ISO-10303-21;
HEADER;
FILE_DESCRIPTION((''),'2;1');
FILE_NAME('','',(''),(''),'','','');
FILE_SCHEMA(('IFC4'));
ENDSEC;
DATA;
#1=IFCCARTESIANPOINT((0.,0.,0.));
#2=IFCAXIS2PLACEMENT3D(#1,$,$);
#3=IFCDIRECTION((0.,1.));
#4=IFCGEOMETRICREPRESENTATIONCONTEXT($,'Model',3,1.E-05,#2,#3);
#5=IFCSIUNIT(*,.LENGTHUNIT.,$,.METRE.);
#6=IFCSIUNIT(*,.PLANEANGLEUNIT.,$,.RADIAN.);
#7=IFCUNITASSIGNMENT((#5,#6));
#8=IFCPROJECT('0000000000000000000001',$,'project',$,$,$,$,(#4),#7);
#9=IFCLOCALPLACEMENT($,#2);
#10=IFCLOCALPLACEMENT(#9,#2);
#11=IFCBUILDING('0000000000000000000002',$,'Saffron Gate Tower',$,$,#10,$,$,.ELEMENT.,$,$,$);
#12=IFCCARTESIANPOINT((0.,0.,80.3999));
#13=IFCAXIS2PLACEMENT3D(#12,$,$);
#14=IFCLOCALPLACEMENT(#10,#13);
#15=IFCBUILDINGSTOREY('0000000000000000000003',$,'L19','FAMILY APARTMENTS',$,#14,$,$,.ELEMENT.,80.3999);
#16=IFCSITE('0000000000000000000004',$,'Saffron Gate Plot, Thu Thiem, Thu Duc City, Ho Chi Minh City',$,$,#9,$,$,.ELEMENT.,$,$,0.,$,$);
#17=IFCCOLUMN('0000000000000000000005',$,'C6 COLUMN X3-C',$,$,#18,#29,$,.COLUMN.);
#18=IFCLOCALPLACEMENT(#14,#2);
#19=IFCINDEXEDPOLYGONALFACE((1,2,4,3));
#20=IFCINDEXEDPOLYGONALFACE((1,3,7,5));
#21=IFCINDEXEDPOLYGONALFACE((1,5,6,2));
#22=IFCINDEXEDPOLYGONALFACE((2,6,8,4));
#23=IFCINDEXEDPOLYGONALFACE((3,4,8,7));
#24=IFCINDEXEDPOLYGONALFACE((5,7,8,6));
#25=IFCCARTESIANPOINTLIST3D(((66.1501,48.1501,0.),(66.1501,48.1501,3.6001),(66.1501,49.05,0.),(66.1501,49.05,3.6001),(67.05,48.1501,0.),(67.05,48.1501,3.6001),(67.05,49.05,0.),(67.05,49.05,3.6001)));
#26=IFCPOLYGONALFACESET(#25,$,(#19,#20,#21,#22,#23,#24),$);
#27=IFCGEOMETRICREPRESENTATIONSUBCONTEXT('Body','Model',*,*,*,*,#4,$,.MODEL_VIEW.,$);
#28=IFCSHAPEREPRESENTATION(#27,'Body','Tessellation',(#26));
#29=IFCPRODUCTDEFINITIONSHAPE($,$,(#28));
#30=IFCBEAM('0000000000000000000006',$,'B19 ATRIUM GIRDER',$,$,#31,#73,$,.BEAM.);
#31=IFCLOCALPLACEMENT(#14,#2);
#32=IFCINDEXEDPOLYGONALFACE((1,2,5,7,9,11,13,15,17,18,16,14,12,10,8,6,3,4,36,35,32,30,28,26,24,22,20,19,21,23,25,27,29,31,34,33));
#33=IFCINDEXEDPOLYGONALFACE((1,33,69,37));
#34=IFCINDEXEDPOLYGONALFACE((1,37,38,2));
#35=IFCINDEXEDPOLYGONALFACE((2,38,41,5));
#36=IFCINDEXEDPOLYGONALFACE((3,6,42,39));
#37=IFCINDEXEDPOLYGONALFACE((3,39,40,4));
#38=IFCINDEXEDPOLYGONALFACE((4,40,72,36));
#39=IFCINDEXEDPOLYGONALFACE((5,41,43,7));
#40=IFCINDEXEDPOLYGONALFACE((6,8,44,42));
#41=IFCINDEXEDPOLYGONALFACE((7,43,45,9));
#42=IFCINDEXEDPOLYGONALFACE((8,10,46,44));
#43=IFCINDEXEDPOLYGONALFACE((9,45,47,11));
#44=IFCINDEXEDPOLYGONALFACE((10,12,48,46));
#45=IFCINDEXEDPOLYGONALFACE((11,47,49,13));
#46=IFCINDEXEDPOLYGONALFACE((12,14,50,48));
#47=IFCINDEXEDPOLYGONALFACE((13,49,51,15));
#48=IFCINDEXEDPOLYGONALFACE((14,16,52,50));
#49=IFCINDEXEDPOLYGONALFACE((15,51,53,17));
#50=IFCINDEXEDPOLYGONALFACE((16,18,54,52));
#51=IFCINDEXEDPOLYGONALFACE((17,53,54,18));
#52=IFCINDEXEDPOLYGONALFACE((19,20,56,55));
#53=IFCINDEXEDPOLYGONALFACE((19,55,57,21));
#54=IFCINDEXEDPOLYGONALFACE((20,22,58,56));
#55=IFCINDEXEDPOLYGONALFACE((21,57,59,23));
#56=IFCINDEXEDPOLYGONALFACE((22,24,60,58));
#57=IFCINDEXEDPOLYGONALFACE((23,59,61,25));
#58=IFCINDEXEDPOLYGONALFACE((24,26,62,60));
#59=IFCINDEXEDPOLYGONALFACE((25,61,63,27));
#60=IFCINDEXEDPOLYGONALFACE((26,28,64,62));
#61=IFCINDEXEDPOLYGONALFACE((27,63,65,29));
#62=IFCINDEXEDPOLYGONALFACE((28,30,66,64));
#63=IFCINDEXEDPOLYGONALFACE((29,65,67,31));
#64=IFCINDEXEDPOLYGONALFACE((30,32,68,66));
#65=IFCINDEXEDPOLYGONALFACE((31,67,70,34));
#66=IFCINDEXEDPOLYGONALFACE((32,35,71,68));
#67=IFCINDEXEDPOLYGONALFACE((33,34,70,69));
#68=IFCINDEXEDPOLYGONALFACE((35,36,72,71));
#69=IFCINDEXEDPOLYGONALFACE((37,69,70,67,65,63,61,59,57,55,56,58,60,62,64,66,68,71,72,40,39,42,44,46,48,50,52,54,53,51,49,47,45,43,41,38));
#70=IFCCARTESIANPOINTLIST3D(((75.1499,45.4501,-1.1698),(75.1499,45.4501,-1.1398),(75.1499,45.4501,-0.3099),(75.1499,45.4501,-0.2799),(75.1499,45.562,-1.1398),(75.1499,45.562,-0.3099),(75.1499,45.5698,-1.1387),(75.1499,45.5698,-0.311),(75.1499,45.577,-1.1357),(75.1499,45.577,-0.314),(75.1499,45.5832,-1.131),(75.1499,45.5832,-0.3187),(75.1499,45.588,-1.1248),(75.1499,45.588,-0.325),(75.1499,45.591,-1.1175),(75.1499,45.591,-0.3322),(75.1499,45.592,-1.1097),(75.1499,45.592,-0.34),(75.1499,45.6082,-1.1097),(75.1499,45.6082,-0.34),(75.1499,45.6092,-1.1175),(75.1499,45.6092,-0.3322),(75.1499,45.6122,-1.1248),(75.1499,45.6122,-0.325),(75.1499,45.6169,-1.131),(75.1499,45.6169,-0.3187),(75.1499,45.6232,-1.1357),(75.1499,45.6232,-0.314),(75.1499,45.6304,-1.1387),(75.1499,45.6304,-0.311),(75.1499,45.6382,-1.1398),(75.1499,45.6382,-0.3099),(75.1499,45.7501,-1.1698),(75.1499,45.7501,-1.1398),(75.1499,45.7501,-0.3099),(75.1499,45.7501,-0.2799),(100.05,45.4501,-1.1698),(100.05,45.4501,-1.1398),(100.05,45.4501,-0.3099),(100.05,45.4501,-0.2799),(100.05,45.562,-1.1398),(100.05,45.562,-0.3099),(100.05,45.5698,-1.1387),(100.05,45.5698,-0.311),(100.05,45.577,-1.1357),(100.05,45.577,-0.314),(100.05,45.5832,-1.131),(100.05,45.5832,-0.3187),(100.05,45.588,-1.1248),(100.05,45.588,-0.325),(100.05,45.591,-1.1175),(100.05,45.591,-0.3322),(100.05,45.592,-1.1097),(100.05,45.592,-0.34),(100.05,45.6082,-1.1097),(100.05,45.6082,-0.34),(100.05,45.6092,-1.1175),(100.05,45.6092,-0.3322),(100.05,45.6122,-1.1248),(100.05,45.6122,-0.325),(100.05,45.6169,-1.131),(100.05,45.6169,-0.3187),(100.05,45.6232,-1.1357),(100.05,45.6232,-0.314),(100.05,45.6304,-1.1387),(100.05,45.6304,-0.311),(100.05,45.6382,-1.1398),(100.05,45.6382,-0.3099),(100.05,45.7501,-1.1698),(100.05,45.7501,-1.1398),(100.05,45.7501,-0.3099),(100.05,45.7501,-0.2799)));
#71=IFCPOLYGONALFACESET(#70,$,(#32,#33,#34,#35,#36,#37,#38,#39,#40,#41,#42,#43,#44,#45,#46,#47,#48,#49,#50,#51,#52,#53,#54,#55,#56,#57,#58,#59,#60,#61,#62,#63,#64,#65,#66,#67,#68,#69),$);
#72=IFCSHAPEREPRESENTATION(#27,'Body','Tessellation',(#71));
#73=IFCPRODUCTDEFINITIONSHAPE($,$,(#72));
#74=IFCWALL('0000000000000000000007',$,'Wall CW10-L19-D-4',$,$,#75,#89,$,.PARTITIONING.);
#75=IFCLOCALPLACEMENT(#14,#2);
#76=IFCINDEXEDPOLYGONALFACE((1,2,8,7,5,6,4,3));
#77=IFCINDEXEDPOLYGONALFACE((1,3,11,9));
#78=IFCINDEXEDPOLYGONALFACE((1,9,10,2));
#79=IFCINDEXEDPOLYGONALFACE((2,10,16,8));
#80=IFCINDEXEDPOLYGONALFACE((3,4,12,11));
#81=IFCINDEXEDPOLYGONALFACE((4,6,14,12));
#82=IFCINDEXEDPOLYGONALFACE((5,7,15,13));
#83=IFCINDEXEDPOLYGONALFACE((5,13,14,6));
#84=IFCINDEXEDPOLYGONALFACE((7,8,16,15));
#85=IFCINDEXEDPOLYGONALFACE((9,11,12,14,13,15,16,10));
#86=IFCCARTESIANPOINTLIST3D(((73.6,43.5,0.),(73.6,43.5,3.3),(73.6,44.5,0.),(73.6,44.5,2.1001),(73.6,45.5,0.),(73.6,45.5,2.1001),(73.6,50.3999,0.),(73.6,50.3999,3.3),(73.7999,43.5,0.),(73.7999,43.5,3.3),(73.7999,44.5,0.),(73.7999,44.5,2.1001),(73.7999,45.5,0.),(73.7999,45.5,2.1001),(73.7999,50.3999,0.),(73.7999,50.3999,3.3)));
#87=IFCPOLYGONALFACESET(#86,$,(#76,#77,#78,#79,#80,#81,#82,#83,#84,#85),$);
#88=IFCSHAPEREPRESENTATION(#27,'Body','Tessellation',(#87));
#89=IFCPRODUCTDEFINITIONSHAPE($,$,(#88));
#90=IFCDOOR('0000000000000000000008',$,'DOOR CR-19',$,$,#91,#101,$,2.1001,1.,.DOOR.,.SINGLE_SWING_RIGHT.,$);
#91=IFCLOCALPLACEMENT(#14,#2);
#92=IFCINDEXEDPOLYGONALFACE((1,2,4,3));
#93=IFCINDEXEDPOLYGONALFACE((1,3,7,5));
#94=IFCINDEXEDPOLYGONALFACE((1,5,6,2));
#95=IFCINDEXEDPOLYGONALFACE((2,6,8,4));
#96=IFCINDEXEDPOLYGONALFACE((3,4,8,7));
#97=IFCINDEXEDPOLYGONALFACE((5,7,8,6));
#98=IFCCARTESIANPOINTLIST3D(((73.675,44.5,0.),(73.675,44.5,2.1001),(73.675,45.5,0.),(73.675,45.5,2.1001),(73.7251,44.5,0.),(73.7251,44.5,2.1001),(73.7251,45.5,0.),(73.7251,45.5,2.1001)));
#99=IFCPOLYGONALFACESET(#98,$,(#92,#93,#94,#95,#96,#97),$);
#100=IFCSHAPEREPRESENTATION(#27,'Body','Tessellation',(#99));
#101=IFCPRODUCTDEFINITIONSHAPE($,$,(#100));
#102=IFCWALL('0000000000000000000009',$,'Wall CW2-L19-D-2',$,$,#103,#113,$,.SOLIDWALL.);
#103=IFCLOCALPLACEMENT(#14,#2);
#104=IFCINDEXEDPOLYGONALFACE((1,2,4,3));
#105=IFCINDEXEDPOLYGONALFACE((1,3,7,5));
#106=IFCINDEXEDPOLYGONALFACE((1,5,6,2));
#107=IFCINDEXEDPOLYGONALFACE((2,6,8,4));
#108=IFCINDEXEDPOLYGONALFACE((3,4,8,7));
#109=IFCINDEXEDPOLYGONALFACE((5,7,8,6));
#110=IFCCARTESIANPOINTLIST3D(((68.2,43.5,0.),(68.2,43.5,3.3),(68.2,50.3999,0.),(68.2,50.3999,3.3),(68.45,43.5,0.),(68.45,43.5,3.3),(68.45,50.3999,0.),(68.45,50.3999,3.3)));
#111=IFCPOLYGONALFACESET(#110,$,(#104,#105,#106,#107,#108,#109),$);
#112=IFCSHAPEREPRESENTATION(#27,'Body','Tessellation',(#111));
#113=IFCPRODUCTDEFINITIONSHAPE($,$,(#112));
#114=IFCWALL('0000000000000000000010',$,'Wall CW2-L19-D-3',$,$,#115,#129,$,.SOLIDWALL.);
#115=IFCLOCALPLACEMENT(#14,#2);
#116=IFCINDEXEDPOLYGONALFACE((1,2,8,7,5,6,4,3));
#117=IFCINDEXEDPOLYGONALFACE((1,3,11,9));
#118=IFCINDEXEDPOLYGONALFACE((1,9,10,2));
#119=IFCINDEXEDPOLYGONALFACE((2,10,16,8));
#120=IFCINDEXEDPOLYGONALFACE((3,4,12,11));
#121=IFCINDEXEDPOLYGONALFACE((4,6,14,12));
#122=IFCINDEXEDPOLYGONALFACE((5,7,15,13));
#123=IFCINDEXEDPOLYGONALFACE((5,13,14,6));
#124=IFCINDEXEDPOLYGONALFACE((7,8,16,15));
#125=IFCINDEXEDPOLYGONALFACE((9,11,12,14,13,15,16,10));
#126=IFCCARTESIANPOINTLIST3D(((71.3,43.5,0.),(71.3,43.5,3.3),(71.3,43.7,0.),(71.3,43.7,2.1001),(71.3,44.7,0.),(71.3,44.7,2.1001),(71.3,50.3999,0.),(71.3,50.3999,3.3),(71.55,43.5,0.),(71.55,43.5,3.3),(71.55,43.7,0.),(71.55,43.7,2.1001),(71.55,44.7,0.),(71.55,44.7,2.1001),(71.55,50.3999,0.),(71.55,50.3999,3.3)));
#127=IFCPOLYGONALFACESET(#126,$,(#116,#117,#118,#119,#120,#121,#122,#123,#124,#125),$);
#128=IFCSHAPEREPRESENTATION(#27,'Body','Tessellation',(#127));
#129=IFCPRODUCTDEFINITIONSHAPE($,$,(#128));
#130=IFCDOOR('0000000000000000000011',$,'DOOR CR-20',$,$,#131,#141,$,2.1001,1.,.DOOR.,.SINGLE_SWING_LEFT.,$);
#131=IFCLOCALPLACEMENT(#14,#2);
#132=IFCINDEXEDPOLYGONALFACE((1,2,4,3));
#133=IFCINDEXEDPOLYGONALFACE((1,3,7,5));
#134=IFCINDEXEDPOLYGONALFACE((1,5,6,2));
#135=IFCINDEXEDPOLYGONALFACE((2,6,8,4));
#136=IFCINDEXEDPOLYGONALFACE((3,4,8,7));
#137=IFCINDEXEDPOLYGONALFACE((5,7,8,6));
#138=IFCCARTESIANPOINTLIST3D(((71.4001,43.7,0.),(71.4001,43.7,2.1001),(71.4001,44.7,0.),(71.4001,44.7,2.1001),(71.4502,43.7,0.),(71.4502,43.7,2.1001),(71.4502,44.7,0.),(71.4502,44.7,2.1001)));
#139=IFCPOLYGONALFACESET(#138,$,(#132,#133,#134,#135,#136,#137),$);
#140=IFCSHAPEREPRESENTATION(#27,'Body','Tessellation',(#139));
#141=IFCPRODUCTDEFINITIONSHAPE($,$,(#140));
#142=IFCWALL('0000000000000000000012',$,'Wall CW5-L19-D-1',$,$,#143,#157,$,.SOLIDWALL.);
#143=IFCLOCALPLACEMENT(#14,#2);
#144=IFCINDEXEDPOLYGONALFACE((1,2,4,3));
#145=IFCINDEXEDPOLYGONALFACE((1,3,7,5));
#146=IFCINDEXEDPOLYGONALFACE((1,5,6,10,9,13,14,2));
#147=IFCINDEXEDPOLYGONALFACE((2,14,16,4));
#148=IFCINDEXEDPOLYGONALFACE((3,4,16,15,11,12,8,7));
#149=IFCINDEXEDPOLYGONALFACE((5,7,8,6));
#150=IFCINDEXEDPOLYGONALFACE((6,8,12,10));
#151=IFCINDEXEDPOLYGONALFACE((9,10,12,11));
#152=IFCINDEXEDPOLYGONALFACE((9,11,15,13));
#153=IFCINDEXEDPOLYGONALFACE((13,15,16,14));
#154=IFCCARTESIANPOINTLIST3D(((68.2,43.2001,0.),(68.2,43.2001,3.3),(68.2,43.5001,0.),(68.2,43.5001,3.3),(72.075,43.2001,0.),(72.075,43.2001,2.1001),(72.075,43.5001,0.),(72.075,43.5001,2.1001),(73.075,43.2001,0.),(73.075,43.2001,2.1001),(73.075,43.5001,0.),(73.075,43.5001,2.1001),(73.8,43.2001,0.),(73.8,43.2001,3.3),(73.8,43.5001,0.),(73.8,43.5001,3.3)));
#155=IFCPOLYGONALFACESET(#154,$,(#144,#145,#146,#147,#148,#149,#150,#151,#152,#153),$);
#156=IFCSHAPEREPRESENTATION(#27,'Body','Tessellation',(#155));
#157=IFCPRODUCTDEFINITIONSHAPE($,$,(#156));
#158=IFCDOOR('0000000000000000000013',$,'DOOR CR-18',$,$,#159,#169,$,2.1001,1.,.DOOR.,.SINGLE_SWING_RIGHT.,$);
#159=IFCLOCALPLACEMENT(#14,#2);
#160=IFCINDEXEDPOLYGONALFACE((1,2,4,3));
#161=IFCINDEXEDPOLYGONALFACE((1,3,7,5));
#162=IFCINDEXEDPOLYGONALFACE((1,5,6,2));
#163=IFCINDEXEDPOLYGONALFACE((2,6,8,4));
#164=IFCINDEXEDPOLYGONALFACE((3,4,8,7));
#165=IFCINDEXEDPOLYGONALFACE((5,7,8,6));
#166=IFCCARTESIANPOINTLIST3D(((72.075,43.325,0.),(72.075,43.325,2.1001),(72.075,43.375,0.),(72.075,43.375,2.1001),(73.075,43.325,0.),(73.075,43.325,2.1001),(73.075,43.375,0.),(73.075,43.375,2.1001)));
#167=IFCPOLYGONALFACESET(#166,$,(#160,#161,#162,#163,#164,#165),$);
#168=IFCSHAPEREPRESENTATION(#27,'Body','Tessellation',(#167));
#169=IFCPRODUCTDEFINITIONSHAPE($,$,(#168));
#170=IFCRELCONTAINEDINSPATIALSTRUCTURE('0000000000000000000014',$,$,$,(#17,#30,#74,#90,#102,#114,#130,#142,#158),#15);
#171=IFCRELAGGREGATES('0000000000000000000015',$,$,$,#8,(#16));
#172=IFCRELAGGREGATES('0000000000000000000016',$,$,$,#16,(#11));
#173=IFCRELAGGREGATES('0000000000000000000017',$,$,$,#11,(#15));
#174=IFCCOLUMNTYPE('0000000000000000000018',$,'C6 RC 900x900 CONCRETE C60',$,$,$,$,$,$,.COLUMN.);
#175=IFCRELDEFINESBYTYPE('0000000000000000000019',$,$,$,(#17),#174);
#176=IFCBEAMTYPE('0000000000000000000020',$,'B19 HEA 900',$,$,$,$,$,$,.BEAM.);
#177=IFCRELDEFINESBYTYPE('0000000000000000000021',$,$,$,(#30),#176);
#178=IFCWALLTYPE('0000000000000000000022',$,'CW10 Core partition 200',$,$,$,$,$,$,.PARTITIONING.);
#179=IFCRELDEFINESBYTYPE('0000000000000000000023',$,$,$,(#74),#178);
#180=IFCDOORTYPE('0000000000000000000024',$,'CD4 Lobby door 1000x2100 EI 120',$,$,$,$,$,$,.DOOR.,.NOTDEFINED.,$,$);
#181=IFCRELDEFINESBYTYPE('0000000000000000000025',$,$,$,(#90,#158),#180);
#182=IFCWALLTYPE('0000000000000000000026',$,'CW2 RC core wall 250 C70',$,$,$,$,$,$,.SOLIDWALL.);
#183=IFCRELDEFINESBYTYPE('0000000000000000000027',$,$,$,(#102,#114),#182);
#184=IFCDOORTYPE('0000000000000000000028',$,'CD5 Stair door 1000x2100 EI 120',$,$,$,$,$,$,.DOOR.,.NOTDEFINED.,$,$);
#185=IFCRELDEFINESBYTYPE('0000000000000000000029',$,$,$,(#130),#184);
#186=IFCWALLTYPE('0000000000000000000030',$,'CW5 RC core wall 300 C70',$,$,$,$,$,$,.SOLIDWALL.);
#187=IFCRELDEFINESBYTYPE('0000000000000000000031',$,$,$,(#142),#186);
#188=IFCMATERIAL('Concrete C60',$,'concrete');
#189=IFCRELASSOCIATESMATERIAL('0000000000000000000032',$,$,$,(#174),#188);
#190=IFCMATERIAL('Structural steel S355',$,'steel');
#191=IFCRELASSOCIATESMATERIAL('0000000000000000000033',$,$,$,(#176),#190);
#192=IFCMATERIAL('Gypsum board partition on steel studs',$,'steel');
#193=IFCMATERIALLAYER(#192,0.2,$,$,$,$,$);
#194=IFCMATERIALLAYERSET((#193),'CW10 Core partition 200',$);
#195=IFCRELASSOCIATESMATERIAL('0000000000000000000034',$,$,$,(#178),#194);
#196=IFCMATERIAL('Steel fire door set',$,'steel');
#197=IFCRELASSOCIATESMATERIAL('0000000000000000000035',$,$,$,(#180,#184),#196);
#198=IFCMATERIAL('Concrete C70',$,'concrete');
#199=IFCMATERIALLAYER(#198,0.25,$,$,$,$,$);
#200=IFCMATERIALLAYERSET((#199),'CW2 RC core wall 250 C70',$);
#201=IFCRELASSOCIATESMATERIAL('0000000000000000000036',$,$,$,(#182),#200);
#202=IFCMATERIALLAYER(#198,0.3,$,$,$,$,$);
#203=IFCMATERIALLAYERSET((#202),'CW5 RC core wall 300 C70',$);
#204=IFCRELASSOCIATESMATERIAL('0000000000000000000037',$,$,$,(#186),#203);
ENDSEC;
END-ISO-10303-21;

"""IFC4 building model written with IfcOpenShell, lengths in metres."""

from ifc_helpers import new_model, si_unit, direction, frame, frame_2d, origin, origin_2d, place, context, subcontext, project, spatial, rectangle, i_section, extrude, material, layer, layer_set, material_profile, profile_set, type_object, element, fill, save


model = new_model("IFC4")

# Units and contexts
model_context = context("Model", 3, precision=1e-05, world=origin(), true_north=direction((0.0, 1.0)))
body_context = subcontext(model_context, "Body", "Model", "MODEL_VIEW")
ifc_project = project(units=[si_unit("LENGTHUNIT", "METRE"), si_unit("PLANEANGLEUNIT", "RADIAN")], contexts=[model_context])

# Site, building, storey
site_placement = place(None, origin())
site = spatial("IfcSite", under=ifc_project, at=site_placement, Name="Saffron Gate Plot, Thu Thiem, Thu Duc City, Ho Chi Minh City", CompositionType="ELEMENT", RefElevation=0.0)
building_placement = place(site_placement, origin())
building = spatial("IfcBuilding", under=site, at=building_placement, Name="Saffron Gate Tower", CompositionType="ELEMENT")
storey_placement = place(building_placement, frame((0.0, 0.0, 80.3999)))
storey = spatial("IfcBuildingStorey", under=building, at=storey_placement, Name="L19", Description="FAMILY APARTMENTS", CompositionType="ELEMENT", Elevation=80.3999)

# Column
ifc_material_1 = material(Name="Concrete C60", Category="concrete")
ifc_material_profile_1 = material_profile(ifc_material_1, rectangle(XDim=0.8999, YDim=0.8999, at=origin_2d()))
ifc_profile_set_1 = profile_set([ifc_material_profile_1], Name="Concrete C60")
column_type = type_object("IfcColumnType", Name="C6 RC 900x900 CONCRETE C60", PredefinedType="COLUMN", material=ifc_profile_set_1)
column_placement = place(storey_placement, frame((66.6001, 48.6001, 0.0), z_axis=(0.0, 0.0, 1.0), x_axis=(1.0, 0.0, 0.0)))
element("IfcColumn", 1, at=column_placement, inside=storey, type_object=column_type, Name="C6 COLUMN X3-C", PredefinedType="COLUMN", context=body_context, shape_type="SweptSolid", body=[
    extrude(rectangle(XDim=0.8999, YDim=0.8999, at=origin_2d()), origin(), (0.0, 0.0, 1.0), 3.6001),
])

# Beam
ifc_material_2 = material(Name="Structural steel S355", Category="steel")
ifc_material_profile_2 = material_profile(ifc_material_2, i_section(OverallWidth=0.3, OverallDepth=0.8899, WebThickness=0.0161, FlangeThickness=0.03, FilletRadius=0.03, at=origin_2d()))
ifc_profile_set_2 = profile_set([ifc_material_profile_2], Name="Structural steel S355")
beam_type = type_object("IfcBeamType", Name="B19 HEA 900", PredefinedType="BEAM", material=ifc_profile_set_2)
beam_placement = place(storey_placement, frame((75.1499, 45.6001, -0.7249), z_axis=(1.0, 0.0, 0.0), x_axis=(0.0, 1.0, 0.0)))
element("IfcBeam", 2, at=beam_placement, inside=storey, type_object=beam_type, Name="B19 ATRIUM GIRDER", PredefinedType="BEAM", context=body_context, shape_type="SweptSolid", body=[
    extrude(i_section(OverallWidth=0.3, OverallDepth=0.8899, WebThickness=0.0161, FlangeThickness=0.03, FilletRadius=0.03, at=origin_2d()), origin(), (0.0, 0.0, 1.0), 24.9001),
])

# Wall, opening, door
ifc_material_3 = material(Name="Gypsum board partition on steel studs", Category="steel")
ifc_layer_1 = layer(ifc_material_3, 0.2)
ifc_layer_set_1 = layer_set([ifc_layer_1], Name="CW10 Core partition 200")
wall_type_1 = type_object("IfcWallType", Name="CW10 Core partition 200", PredefinedType="PARTITIONING", material=ifc_layer_set_1)
wall_1_placement = place(storey_placement, frame((73.7, 43.5, 0.0), z_axis=(0.0, 0.0, 1.0), x_axis=(0.0, 1.0, 0.0)))
wall_1 = element("IfcWall", 3, at=wall_1_placement, inside=storey, type_object=wall_type_1, Name="Wall CW10-L19-D-4", PredefinedType="PARTITIONING", context=body_context, shape_type="SweptSolid", body=[
    extrude(rectangle(XDim=6.8999, YDim=0.2, at=frame_2d((3.45, 0.0))), origin(), (0.0, 0.0, 1.0), 3.3),
])
opening_1_placement = place(wall_1_placement, frame((1.0, 0.0, 0.0)))
opening_1 = element("IfcOpeningElement", 4, at=opening_1_placement, cuts=wall_1, PredefinedType="OPENING", context=body_context, shape_type="SweptSolid", body=[
    extrude(rectangle(XDim=1.0, YDim=2.1001, at=frame_2d((0.5, 1.05))), frame((0.0, 0.1099, 0.0), z_axis=(0.0, -1.0, 0.0), x_axis=(1.0, 0.0, 0.0)), (0.0, 0.0, 1.0), 0.22),
])
ifc_material_4 = material(Name="Steel fire door set", Category="steel")
door_type_1 = type_object("IfcDoorType", Name="CD4 Lobby door 1000x2100 EI 120", OperationType="NOTDEFINED", PredefinedType="DOOR", material=ifc_material_4)
door_1_placement = place(opening_1_placement, origin())
door_1 = element("IfcDoor", 5, at=door_1_placement, inside=storey, type_object=door_type_1, Name="DOOR CR-19", OperationType="SINGLE_SWING_RIGHT", OverallHeight=2.1001, OverallWidth=1.0, PredefinedType="DOOR", context=body_context, shape_type="SweptSolid", body=[
    extrude(rectangle(XDim=1.0, YDim=2.1001, at=frame_2d((0.5, 1.05))), frame((0.0, 0.0249, 0.0), z_axis=(0.0, -1.0, 0.0), x_axis=(1.0, 0.0, 0.0)), (0.0, 0.0, 1.0), 0.05),
])
fill(opening_1, door_1)

# Wall
ifc_material_5 = material(Name="Concrete C70", Category="concrete")
ifc_layer_2 = layer(ifc_material_5, 0.25)
ifc_layer_set_2 = layer_set([ifc_layer_2], Name="CW2 RC core wall 250 C70")
wall_type_2 = type_object("IfcWallType", Name="CW2 RC core wall 250 C70", PredefinedType="SOLIDWALL", material=ifc_layer_set_2)
wall_2_placement = place(storey_placement, frame((68.325, 43.5, 0.0), z_axis=(0.0, 0.0, 1.0), x_axis=(0.0, 1.0, 0.0)))
element("IfcWall", 6, at=wall_2_placement, inside=storey, type_object=wall_type_2, Name="Wall CW2-L19-D-2", PredefinedType="SOLIDWALL", context=body_context, shape_type="SweptSolid", body=[
    extrude(rectangle(XDim=6.8999, YDim=0.25, at=frame_2d((3.45, 0.0))), origin(), (0.0, 0.0, 1.0), 3.3),
])

# Walls, openings, doors
wall_3_placement = place(storey_placement, frame((71.425, 43.5, 0.0), z_axis=(0.0, 0.0, 1.0), x_axis=(0.0, 1.0, 0.0)))
wall_3 = element("IfcWall", 7, at=wall_3_placement, inside=storey, type_object=wall_type_2, Name="Wall CW2-L19-D-3", PredefinedType="SOLIDWALL", context=body_context, shape_type="SweptSolid", body=[
    extrude(rectangle(XDim=6.8999, YDim=0.25, at=frame_2d((3.45, 0.0))), origin(), (0.0, 0.0, 1.0), 3.3),
])
opening_2_placement = place(wall_3_placement, frame((0.2, 0.0, 0.0)))
opening_2 = element("IfcOpeningElement", 8, at=opening_2_placement, cuts=wall_3, PredefinedType="OPENING", context=body_context, shape_type="SweptSolid", body=[
    extrude(rectangle(XDim=1.0, YDim=2.1001, at=frame_2d((0.5, 1.05))), frame((0.0, 0.135, 0.0), z_axis=(0.0, -1.0, 0.0), x_axis=(1.0, 0.0, 0.0)), (0.0, 0.0, 1.0), 0.27),
])
door_type_2 = type_object("IfcDoorType", Name="CD5 Stair door 1000x2100 EI 120", OperationType="NOTDEFINED", PredefinedType="DOOR", material=ifc_material_4)
door_2_placement = place(opening_2_placement, origin())
door_2 = element("IfcDoor", 9, at=door_2_placement, inside=storey, type_object=door_type_2, Name="DOOR CR-20", OperationType="SINGLE_SWING_LEFT", OverallHeight=2.1001, OverallWidth=1.0, PredefinedType="DOOR", context=body_context, shape_type="SweptSolid", body=[
    extrude(rectangle(XDim=1.0, YDim=2.1001, at=frame_2d((0.5, 1.05))), frame((0.0, 0.0249, 0.0), z_axis=(0.0, -1.0, 0.0), x_axis=(1.0, 0.0, 0.0)), (0.0, 0.0, 1.0), 0.05),
])
fill(opening_2, door_2)
ifc_layer_3 = layer(ifc_material_5, 0.3)
ifc_layer_set_3 = layer_set([ifc_layer_3], Name="CW5 RC core wall 300 C70")
wall_type_3 = type_object("IfcWallType", Name="CW5 RC core wall 300 C70", PredefinedType="SOLIDWALL", material=ifc_layer_set_3)
wall_4_placement = place(storey_placement, frame((68.2, 43.3501, 0.0), z_axis=(0.0, 0.0, 1.0), x_axis=(1.0, 0.0, 0.0)))
wall_4 = element("IfcWall", 10, at=wall_4_placement, inside=storey, type_object=wall_type_3, Name="Wall CW5-L19-D-1", PredefinedType="SOLIDWALL", context=body_context, shape_type="SweptSolid", body=[
    extrude(rectangle(XDim=5.6001, YDim=0.3, at=frame_2d((2.8, 0.0))), origin(), (0.0, 0.0, 1.0), 3.3),
])
opening_3_placement = place(wall_4_placement, frame((3.875, 0.0, 0.0)))
opening_3 = element("IfcOpeningElement", 11, at=opening_3_placement, cuts=wall_4, PredefinedType="OPENING", context=body_context, shape_type="SweptSolid", body=[
    extrude(rectangle(XDim=1.0, YDim=2.1001, at=frame_2d((0.5, 1.05))), frame((0.0, 0.1602, 0.0), z_axis=(0.0, -1.0, 0.0), x_axis=(1.0, 0.0, 0.0)), (0.0, 0.0, 1.0), 0.3201),
])
door_3_placement = place(opening_3_placement, origin())
door_3 = element("IfcDoor", 12, at=door_3_placement, inside=storey, type_object=door_type_1, Name="DOOR CR-18", OperationType="SINGLE_SWING_RIGHT", OverallHeight=2.1001, OverallWidth=1.0, PredefinedType="DOOR", context=body_context, shape_type="SweptSolid", body=[
    extrude(rectangle(XDim=1.0, YDim=2.1001, at=frame_2d((0.5, 1.05))), frame((0.0, 0.0249, 0.0), z_axis=(0.0, -1.0, 0.0), x_axis=(1.0, 0.0, 0.0)), (0.0, 0.0, 1.0), 0.05),
])
fill(opening_3, door_3)

save(model, "model.ifc")
